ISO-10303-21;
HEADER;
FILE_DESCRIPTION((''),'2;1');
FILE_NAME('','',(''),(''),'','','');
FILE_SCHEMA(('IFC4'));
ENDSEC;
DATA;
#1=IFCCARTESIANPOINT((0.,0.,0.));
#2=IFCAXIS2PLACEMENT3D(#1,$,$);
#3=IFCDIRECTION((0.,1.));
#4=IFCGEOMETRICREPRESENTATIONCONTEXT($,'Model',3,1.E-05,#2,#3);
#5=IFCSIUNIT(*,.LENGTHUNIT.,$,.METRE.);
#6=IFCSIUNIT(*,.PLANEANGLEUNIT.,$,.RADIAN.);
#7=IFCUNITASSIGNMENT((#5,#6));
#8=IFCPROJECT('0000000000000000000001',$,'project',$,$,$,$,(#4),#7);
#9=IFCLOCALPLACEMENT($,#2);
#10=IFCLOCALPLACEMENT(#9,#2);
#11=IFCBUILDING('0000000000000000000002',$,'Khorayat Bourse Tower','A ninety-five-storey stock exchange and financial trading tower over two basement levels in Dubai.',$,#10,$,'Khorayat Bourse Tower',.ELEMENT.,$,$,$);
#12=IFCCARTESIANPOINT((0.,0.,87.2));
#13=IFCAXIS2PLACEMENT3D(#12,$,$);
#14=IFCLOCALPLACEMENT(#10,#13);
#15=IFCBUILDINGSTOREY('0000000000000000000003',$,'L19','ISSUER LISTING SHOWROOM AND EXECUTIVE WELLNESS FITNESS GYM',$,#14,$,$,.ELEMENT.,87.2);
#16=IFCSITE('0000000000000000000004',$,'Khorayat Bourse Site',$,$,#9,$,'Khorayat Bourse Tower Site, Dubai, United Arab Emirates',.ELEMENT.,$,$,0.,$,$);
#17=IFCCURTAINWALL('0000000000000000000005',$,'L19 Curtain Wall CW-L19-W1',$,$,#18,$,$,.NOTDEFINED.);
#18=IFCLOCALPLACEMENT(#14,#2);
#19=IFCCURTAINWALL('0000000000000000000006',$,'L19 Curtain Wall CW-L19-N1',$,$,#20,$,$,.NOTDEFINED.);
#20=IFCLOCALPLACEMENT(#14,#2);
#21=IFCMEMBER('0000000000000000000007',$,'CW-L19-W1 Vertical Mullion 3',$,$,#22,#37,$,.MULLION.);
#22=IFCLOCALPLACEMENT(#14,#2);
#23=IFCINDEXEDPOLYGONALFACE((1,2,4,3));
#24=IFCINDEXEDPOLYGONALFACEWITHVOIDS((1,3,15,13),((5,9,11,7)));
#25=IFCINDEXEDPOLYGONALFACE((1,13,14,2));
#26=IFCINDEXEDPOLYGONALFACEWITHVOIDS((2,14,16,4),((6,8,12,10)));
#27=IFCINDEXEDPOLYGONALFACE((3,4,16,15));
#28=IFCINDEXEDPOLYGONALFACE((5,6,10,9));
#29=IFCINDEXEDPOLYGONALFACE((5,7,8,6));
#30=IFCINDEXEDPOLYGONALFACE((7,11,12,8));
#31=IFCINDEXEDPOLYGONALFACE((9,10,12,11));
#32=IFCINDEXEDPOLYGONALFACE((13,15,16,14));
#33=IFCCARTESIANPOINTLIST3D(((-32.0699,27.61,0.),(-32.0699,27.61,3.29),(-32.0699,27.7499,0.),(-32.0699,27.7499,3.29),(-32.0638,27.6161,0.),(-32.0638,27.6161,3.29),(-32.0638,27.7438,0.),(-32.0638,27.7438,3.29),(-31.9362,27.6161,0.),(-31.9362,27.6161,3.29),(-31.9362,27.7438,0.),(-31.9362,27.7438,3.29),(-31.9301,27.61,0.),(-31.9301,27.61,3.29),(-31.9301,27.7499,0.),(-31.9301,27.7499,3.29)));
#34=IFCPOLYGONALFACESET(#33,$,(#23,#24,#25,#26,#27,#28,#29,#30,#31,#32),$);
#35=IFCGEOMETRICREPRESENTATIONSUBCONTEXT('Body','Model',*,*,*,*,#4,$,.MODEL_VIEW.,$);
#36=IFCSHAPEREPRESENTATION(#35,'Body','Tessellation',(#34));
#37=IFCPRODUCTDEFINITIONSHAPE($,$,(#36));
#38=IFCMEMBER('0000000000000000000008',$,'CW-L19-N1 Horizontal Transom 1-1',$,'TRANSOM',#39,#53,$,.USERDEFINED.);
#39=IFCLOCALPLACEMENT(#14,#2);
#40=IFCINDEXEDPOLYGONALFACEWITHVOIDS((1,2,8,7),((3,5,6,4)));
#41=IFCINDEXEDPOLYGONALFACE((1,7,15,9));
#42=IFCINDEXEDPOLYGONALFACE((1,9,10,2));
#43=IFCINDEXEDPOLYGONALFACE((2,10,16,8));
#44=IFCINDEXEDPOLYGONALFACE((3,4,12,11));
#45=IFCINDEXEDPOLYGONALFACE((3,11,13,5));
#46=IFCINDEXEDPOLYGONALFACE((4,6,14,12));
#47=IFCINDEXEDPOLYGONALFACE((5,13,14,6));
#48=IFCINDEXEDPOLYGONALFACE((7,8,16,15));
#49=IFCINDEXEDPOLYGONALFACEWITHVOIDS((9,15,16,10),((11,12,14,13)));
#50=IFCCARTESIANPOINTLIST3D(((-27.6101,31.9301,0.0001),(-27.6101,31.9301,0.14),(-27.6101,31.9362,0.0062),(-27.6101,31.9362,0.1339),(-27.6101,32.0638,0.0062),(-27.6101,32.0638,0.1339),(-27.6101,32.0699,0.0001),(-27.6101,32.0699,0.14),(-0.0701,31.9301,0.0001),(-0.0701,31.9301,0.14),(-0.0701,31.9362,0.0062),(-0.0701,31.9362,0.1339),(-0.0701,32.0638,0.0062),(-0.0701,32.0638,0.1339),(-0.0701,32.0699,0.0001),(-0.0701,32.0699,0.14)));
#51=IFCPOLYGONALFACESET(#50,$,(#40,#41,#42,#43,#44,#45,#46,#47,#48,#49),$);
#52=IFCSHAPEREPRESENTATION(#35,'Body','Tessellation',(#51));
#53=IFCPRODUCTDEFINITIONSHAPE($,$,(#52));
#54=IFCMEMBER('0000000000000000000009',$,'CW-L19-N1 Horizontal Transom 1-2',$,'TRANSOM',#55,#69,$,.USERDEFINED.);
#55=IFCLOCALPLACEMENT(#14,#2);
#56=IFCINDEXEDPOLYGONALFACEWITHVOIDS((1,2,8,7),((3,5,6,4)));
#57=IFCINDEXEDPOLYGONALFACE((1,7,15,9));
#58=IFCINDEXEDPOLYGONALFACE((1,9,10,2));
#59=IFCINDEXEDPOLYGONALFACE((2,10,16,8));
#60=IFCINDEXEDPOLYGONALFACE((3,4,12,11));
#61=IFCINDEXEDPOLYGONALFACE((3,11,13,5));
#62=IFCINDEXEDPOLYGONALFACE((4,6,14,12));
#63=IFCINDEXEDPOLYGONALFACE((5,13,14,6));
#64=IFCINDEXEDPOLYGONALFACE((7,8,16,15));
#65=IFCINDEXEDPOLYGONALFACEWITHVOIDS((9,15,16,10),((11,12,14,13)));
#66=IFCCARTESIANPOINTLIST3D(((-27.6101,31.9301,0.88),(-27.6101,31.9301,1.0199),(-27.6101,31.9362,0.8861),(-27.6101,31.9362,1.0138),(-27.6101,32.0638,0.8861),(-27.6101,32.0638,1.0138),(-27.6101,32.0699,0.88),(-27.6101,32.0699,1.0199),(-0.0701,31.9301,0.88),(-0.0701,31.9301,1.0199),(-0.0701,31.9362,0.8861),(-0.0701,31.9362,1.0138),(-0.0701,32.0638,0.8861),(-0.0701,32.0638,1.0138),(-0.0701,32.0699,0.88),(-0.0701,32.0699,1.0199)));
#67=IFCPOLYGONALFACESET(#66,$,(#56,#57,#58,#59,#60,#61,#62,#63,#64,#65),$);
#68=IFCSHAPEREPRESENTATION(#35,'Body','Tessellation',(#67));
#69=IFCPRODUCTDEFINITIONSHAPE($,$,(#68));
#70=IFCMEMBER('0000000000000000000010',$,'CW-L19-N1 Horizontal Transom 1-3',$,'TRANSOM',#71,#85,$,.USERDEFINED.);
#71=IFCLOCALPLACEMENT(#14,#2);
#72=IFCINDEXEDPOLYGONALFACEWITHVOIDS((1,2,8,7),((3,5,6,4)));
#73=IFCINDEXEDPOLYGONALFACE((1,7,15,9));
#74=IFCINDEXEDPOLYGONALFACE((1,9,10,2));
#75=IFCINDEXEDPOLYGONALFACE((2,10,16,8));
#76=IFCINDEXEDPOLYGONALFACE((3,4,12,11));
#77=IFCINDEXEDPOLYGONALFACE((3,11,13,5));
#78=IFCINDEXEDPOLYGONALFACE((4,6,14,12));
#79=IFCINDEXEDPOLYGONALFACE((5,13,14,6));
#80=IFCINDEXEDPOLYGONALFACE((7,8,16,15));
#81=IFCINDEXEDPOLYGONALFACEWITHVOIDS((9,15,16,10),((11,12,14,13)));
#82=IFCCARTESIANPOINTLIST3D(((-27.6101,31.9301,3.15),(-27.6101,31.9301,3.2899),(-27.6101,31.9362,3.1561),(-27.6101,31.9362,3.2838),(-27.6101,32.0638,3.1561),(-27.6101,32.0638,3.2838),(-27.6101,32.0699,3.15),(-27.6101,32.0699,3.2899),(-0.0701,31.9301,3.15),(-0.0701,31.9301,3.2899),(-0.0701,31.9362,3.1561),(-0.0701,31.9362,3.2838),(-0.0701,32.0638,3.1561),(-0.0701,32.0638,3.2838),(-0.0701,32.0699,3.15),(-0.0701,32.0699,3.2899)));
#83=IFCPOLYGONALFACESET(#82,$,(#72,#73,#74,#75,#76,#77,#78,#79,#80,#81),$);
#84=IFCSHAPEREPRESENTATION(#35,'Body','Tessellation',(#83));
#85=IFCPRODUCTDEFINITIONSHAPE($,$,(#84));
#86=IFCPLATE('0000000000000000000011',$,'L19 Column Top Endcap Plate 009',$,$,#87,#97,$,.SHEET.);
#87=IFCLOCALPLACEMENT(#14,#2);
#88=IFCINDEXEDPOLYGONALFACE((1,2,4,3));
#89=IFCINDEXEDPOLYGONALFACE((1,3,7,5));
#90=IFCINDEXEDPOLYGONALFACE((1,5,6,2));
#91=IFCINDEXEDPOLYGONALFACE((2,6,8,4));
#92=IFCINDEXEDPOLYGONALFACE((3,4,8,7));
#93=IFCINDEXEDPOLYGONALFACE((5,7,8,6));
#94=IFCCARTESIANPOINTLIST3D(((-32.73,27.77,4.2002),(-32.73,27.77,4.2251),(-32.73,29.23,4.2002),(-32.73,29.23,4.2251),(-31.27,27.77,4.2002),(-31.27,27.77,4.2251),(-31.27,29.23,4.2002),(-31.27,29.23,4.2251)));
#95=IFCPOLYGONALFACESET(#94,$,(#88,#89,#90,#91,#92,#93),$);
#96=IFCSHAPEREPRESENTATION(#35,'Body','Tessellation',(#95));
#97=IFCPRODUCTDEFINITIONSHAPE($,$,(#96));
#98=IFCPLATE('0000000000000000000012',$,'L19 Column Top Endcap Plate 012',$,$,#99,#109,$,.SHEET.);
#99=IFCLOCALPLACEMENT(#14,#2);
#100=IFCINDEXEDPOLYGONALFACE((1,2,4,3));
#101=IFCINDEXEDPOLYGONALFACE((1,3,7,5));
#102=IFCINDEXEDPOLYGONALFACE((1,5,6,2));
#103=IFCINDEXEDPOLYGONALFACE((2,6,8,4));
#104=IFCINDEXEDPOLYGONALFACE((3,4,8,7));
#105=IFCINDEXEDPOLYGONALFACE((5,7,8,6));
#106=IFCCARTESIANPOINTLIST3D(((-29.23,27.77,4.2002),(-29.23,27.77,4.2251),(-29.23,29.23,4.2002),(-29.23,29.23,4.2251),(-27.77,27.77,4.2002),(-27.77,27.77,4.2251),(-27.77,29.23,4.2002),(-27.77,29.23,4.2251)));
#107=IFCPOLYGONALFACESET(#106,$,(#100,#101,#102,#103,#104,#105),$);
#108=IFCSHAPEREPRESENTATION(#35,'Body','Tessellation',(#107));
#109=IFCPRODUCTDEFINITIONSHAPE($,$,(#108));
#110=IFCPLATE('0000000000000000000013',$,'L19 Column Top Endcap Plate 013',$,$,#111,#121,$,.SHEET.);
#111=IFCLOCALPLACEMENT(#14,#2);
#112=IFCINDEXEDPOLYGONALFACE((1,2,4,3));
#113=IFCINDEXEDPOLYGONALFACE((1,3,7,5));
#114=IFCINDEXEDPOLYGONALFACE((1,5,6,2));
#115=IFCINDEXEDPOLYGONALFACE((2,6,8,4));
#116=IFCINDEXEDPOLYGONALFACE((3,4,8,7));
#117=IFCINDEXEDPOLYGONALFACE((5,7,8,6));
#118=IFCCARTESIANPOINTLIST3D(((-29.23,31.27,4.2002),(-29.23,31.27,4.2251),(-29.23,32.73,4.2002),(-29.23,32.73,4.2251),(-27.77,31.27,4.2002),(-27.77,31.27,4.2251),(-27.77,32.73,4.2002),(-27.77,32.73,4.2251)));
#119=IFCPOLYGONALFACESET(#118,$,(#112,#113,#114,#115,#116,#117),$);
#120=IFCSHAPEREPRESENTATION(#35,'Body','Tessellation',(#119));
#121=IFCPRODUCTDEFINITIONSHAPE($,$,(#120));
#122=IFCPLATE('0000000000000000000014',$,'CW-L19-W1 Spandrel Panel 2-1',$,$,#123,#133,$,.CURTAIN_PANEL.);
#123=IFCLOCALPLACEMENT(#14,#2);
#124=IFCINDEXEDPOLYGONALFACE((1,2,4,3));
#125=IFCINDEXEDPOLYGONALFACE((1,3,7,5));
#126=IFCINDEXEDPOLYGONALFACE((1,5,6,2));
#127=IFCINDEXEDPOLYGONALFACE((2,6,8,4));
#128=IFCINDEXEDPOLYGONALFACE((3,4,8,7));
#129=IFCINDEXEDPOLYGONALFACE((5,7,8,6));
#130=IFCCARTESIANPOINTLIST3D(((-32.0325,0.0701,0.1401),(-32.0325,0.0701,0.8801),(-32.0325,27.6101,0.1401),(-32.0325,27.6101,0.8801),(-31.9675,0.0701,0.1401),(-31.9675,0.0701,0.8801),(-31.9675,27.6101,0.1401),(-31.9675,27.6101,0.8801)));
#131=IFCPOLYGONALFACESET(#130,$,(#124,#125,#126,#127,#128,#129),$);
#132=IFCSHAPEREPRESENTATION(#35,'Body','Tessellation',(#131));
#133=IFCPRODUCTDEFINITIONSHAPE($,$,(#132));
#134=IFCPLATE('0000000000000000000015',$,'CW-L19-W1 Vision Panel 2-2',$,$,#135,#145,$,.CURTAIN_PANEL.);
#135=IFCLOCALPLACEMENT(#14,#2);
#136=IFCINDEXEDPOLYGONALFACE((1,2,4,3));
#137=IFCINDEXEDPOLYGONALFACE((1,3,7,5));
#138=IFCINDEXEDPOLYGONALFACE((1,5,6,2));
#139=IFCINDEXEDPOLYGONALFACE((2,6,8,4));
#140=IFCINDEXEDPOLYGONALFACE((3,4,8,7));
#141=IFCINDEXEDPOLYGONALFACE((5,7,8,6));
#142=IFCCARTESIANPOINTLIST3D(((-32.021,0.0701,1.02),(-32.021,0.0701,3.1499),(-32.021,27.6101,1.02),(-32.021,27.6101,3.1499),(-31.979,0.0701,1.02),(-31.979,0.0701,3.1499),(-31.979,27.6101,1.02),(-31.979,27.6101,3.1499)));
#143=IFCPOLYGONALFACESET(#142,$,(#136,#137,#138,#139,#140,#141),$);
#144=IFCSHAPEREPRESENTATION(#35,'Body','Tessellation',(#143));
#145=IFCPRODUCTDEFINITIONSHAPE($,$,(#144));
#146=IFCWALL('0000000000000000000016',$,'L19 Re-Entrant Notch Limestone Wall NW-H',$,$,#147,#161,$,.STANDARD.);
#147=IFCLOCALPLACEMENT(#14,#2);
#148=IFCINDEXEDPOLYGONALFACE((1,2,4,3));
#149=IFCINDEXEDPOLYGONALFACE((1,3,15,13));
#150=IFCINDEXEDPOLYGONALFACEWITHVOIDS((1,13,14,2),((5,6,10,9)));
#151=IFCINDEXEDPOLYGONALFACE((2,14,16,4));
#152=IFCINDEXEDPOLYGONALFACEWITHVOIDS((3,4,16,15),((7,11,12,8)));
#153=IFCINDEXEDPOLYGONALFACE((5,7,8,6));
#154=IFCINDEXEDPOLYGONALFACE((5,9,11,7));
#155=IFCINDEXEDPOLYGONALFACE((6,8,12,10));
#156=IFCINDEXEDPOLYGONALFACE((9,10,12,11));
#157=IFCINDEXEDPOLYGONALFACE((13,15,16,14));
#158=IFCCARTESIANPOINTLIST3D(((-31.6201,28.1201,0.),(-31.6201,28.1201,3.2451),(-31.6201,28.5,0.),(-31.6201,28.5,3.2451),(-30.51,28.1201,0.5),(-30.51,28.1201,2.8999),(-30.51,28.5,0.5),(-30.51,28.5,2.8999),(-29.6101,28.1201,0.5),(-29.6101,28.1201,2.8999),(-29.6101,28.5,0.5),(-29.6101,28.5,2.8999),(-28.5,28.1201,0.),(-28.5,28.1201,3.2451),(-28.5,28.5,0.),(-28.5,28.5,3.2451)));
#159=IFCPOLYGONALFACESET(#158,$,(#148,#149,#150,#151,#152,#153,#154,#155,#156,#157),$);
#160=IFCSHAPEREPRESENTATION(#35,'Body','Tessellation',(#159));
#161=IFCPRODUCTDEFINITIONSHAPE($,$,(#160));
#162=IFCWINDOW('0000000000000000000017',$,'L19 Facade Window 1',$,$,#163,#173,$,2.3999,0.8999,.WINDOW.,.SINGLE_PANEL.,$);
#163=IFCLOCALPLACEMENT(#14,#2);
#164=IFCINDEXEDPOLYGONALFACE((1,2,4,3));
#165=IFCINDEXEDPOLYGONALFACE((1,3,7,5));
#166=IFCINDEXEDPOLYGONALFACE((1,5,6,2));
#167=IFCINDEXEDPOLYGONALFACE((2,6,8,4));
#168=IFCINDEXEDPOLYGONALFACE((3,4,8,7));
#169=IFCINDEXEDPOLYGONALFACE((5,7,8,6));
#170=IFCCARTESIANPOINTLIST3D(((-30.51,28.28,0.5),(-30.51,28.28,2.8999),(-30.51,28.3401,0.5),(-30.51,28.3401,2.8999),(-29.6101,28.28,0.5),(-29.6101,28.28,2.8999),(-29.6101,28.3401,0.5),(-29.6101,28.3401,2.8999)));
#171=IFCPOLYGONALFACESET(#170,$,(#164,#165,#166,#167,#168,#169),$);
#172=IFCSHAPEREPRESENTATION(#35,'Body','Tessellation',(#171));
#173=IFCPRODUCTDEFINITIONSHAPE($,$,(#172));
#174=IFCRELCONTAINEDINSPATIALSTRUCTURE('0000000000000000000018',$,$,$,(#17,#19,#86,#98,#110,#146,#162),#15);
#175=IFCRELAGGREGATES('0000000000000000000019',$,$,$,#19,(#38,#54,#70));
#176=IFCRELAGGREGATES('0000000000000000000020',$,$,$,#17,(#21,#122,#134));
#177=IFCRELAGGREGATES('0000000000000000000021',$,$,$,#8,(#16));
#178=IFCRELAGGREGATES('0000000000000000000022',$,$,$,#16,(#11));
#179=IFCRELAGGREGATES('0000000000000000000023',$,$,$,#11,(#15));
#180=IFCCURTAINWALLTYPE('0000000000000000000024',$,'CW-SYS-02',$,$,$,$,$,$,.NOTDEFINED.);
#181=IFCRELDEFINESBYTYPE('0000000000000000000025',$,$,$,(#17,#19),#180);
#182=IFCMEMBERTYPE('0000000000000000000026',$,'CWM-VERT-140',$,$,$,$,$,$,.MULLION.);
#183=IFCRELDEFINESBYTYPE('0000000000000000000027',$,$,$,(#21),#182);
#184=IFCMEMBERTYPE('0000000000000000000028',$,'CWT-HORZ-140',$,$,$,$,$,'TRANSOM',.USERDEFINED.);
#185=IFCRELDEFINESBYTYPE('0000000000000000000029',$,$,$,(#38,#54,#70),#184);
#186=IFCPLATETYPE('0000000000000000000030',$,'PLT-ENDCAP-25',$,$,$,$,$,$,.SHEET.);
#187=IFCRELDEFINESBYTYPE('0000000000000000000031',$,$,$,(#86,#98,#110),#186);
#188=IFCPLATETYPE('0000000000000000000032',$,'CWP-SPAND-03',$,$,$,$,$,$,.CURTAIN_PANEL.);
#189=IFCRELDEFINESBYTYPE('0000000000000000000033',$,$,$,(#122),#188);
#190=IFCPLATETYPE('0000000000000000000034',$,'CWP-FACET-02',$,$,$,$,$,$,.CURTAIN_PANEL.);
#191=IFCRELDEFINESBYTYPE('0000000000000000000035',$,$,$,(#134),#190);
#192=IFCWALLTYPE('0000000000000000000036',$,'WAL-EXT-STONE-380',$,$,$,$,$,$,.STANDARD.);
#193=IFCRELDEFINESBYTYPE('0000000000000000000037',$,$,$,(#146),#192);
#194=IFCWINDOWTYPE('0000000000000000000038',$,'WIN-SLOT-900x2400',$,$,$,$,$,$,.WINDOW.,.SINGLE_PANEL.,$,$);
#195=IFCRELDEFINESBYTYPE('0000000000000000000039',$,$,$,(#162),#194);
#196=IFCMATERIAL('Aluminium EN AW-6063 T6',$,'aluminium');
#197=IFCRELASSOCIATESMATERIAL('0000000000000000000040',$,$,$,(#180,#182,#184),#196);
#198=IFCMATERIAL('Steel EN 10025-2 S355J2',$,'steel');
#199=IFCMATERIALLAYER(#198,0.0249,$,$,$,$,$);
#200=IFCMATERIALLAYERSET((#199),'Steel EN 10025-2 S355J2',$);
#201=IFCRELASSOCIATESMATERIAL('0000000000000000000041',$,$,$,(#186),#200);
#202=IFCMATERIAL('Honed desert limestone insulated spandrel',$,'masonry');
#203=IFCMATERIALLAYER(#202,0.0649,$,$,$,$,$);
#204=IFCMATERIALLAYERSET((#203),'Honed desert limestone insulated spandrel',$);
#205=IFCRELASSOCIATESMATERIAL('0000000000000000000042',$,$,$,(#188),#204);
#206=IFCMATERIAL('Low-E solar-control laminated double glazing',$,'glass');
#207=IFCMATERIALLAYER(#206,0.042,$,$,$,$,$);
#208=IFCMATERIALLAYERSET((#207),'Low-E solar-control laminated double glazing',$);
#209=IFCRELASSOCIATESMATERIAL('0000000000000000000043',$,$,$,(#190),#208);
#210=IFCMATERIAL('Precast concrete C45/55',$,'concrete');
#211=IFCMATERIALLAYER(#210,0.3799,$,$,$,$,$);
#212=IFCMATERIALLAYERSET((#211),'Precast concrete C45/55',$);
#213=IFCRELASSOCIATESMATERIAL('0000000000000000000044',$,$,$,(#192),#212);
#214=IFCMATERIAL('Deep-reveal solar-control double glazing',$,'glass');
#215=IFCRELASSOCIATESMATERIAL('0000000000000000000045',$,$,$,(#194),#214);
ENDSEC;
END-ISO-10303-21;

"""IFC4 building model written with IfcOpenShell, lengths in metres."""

from ifc_helpers import new_model, si_unit, direction, frame, frame_2d, origin, origin_2d, place, context, subcontext, project, spatial, rectangle, hollow_rectangle, extrude, source, transform, mapped, material, layer, layer_set, material_profile, profile_set, type_object, element, fill, aggregate, save


model = new_model("IFC4")

# Units and contexts
model_context = context("Model", 3, precision=1e-05, world=origin(), true_north=direction((0.0, 1.0)))
body_context = subcontext(model_context, "Body", "Model", "MODEL_VIEW")
ifc_project = project(units=[si_unit("LENGTHUNIT", "METRE"), si_unit("PLANEANGLEUNIT", "RADIAN")], contexts=[model_context])

# Site, building, storey
site_placement = place(None, origin())
site = spatial("IfcSite", under=ifc_project, at=site_placement, Name="Khorayat Bourse Site", LongName="Khorayat Bourse Tower Site, Dubai, United Arab Emirates", CompositionType="ELEMENT", RefElevation=0.0)
building_placement = place(site_placement, origin())
building = spatial("IfcBuilding", under=site, at=building_placement, Name="Khorayat Bourse Tower", Description="A ninety-five-storey stock exchange and financial trading tower over two basement levels in Dubai.", LongName="Khorayat Bourse Tower", CompositionType="ELEMENT")
storey_placement = place(building_placement, frame((0.0, 0.0, 87.2)))
storey = spatial("IfcBuildingStorey", under=building, at=storey_placement, Name="L19", Description="ISSUER LISTING SHOWROOM AND EXECUTIVE WELLNESS FITNESS GYM", CompositionType="ELEMENT", Elevation=87.2)

# Curtain walls
ifc_material_1 = material(Name="Aluminium EN AW-6063 T6", Category="aluminium")
curtain_wall_type = type_object("IfcCurtainWallType", Name="CW-SYS-02", PredefinedType="NOTDEFINED", material=ifc_material_1)
curtain_wall_1_placement = place(storey_placement, origin())
curtain_wall_1 = element("IfcCurtainWall", 1, at=curtain_wall_1_placement, inside=storey, type_object=curtain_wall_type, Name="L19 Curtain Wall CW-L19-W1", PredefinedType="NOTDEFINED")
curtain_wall_2_placement = place(storey_placement, origin())
curtain_wall_2 = element("IfcCurtainWall", 2, at=curtain_wall_2_placement, inside=storey, type_object=curtain_wall_type, Name="L19 Curtain Wall CW-L19-N1", PredefinedType="NOTDEFINED")
ifc_material_profile_1 = material_profile(ifc_material_1, hollow_rectangle(XDim=0.1399, YDim=0.1399, WallThickness=0.0061, at=origin_2d()), Name="ALU 140x140x6")
ifc_profile_set_1 = profile_set([ifc_material_profile_1], Name="Aluminium EN AW-6063 T6")
member_type_1 = type_object("IfcMemberType", Name="CWM-VERT-140", PredefinedType="MULLION", material=ifc_profile_set_1)
shared_shape_1 = source(origin(), body_context, "Body", "SweptSolid", [
    extrude(hollow_rectangle(XDim=0.1399, YDim=0.1399, WallThickness=0.0061, at=origin_2d()), origin(), (0.0, 0.0, 1.0), 3.29),
])

# Members
member_1_placement = place(storey_placement, frame((-32.0, 27.6799, 0.0), z_axis=(0.0, 0.0, 1.0), x_axis=(-1.0, 0.0, 0.0)))
member_1 = element("IfcMember", 3, at=member_1_placement, type_object=member_type_1, Name="CW-L19-W1 Vertical Mullion 3", PredefinedType="MULLION", context=body_context, shape_type="MappedRepresentation", body=[
    mapped(shared_shape_1, transform((0.0, 0.0, 0.0), scale=1.0)),
])
ifc_material_profile_2 = material_profile(ifc_material_1, hollow_rectangle(XDim=0.1399, YDim=0.1399, WallThickness=0.0061, at=origin_2d()), Name="ALU 140x140x6")
ifc_profile_set_2 = profile_set([ifc_material_profile_2], Name="Aluminium EN AW-6063 T6")
member_type_2 = type_object("IfcMemberType", Name="CWT-HORZ-140", ElementType="TRANSOM", PredefinedType="USERDEFINED", material=ifc_profile_set_2)
shared_shape_2 = source(origin(), body_context, "Body", "SweptSolid", [
    extrude(hollow_rectangle(XDim=0.1399, YDim=0.1399, WallThickness=0.0061, at=origin_2d()), origin(), (0.0, 0.0, 1.0), 27.54),
])
member_2_placement = place(storey_placement, frame((-27.6101, 32.0, 0.0701), z_axis=(1.0, 0.0, 0.0), x_axis=(0.0, 1.0, 0.0)))
member_2 = element("IfcMember", 4, at=member_2_placement, type_object=member_type_2, Name="CW-L19-N1 Horizontal Transom 1-1", ObjectType="TRANSOM", PredefinedType="USERDEFINED", context=body_context, shape_type="MappedRepresentation", body=[
    mapped(shared_shape_2, transform((0.0, 0.0, 0.0), scale=1.0)),
])
member_3_placement = place(storey_placement, frame((-27.6101, 32.0, 0.95), z_axis=(1.0, 0.0, 0.0), x_axis=(0.0, 1.0, 0.0)))
member_3 = element("IfcMember", 5, at=member_3_placement, type_object=member_type_2, Name="CW-L19-N1 Horizontal Transom 1-2", ObjectType="TRANSOM", PredefinedType="USERDEFINED", context=body_context, shape_type="MappedRepresentation", body=[
    mapped(shared_shape_2, transform((0.0, 0.0, 0.0), scale=1.0)),
])
member_4_placement = place(storey_placement, frame((-27.6101, 32.0, 3.22), z_axis=(1.0, 0.0, 0.0), x_axis=(0.0, 1.0, 0.0)))
member_4 = element("IfcMember", 6, at=member_4_placement, type_object=member_type_2, Name="CW-L19-N1 Horizontal Transom 1-3", ObjectType="TRANSOM", PredefinedType="USERDEFINED", context=body_context, shape_type="MappedRepresentation", body=[
    mapped(shared_shape_2, transform((0.0, 0.0, 0.0), scale=1.0)),
])
aggregate(curtain_wall_2, [member_2, member_3, member_4])

# Plates
ifc_material_2 = material(Name="Steel EN 10025-2 S355J2", Category="steel")
ifc_layer_1 = layer(ifc_material_2, 0.0249)
ifc_layer_set_1 = layer_set([ifc_layer_1], Name="Steel EN 10025-2 S355J2")
plate_type_1 = type_object("IfcPlateType", Name="PLT-ENDCAP-25", PredefinedType="SHEET", material=ifc_layer_set_1)
shared_shape_3 = source(origin(), body_context, "Body", "SweptSolid", [
    extrude(rectangle(XDim=1.46, YDim=1.46, at=origin_2d()), origin(), (0.0, 0.0, 1.0), 0.0249),
])
for number, where, z_axis, x_axis, name in (
    (7, (-32.0, 28.5, 4.2002), (0.0, 0.0, 1.0), (1.0, 0.0, 0.0), "L19 Column Top Endcap Plate 009"),
    (8, (-28.5, 28.5, 4.2002), (0.0, 0.0, 1.0), (1.0, 0.0, 0.0), "L19 Column Top Endcap Plate 012"),
    (9, (-28.5, 32.0, 4.2002), (0.0, 0.0, 1.0), (1.0, 0.0, 0.0), "L19 Column Top Endcap Plate 013"),
):
    element("IfcPlate", number, at=place(storey_placement, frame(where, z_axis=z_axis, x_axis=x_axis)), inside=storey, type_object=plate_type_1, Name=name, PredefinedType="SHEET", context=body_context, shape_type="MappedRepresentation", body=[
        mapped(shared_shape_3, transform((0.0, 0.0, 0.0), scale=1.0)),
    ])

# Plates
ifc_material_3 = material(Name="Honed desert limestone insulated spandrel", Category="masonry")
ifc_layer_2 = layer(ifc_material_3, 0.0649)
ifc_layer_set_2 = layer_set([ifc_layer_2], Name="Honed desert limestone insulated spandrel")
plate_type_2 = type_object("IfcPlateType", Name="CWP-SPAND-03", PredefinedType="CURTAIN_PANEL", material=ifc_layer_set_2)
shared_shape_4 = source(origin(), body_context, "Body", "SweptSolid", [
    extrude(rectangle(XDim=27.54, YDim=0.0649, at=origin_2d()), origin(), (0.0, 0.0, 1.0), 0.74),
])
plate_1_placement = place(storey_placement, frame((-32.0, 13.8401, 0.1401), z_axis=(0.0, 0.0, 1.0), x_axis=(0.0, 1.0, 0.0)))
plate_1 = element("IfcPlate", 10, at=plate_1_placement, type_object=plate_type_2, Name="CW-L19-W1 Spandrel Panel 2-1", PredefinedType="CURTAIN_PANEL", context=body_context, shape_type="MappedRepresentation", body=[
    mapped(shared_shape_4, transform((0.0, 0.0, 0.0), scale=1.0)),
])
ifc_material_4 = material(Name="Low-E solar-control laminated double glazing", Category="glass")
ifc_layer_3 = layer(ifc_material_4, 0.042)
ifc_layer_set_3 = layer_set([ifc_layer_3], Name="Low-E solar-control laminated double glazing")
plate_type_3 = type_object("IfcPlateType", Name="CWP-FACET-02", PredefinedType="CURTAIN_PANEL", material=ifc_layer_set_3)
shared_shape_5 = source(origin(), body_context, "Body", "SweptSolid", [
    extrude(rectangle(XDim=27.54, YDim=0.042, at=origin_2d()), origin(), (0.0, 0.0, 1.0), 2.1299),
])
plate_2_placement = place(storey_placement, frame((-32.0, 13.8401, 1.02), z_axis=(0.0, 0.0, 1.0), x_axis=(0.0, 1.0, 0.0)))
plate_2 = element("IfcPlate", 11, at=plate_2_placement, type_object=plate_type_3, Name="CW-L19-W1 Vision Panel 2-2", PredefinedType="CURTAIN_PANEL", context=body_context, shape_type="MappedRepresentation", body=[
    mapped(shared_shape_5, transform((0.0, 0.0, 0.0), scale=1.0)),
])
aggregate(curtain_wall_1, [member_1, plate_1, plate_2])

# Wall, opening, window
ifc_material_5 = material(Name="Precast concrete C45/55", Category="concrete")
ifc_layer_4 = layer(ifc_material_5, 0.3799)
ifc_layer_set_4 = layer_set([ifc_layer_4], Name="Precast concrete C45/55")
wall_type_1 = type_object("IfcWallType", Name="WAL-EXT-STONE-380", PredefinedType="STANDARD", material=ifc_layer_set_4)
shared_shape_6 = source(origin(), body_context, "Body", "SweptSolid", [
    extrude(rectangle(XDim=3.1201, YDim=0.3799, at=frame_2d((1.5601, 0.0))), origin(), (0.0, 0.0, 1.0), 3.2451),
])
wall_1_placement = place(storey_placement, frame((-28.5, 28.3101, 0.0), z_axis=(0.0, 0.0, 1.0), x_axis=(-1.0, 0.0, 0.0)))
wall_1 = element("IfcWall", 12, at=wall_1_placement, inside=storey, type_object=wall_type_1, Name="L19 Re-Entrant Notch Limestone Wall NW-H", PredefinedType="STANDARD", context=body_context, shape_type="MappedRepresentation", body=[
    mapped(shared_shape_6, transform((0.0, 0.0, 0.0), scale=1.0)),
])
shared_shape_7 = source(origin(), body_context, "Body", "SweptSolid", [
    extrude(rectangle(XDim=0.8999, YDim=2.3999, at=frame_2d((0.45, 1.2))), frame((0.0, 0.2, 0.0), z_axis=(0.0, -1.0, 0.0), x_axis=(1.0, 0.0, 0.0)), (0.0, 0.0, 1.0), 0.3999),
])
opening_1_placement = place(wall_1_placement, frame((1.1101, 0.0, 0.5)))
opening_1 = element("IfcOpeningElement", 13, at=opening_1_placement, cuts=wall_1, PredefinedType="OPENING", context=body_context, shape_type="MappedRepresentation", body=[
    mapped(shared_shape_7, transform((0.0, 0.0, 0.0), scale=1.0)),
])
ifc_material_6 = material(Name="Deep-reveal solar-control double glazing", Category="glass")
window_type = type_object("IfcWindowType", Name="WIN-SLOT-900x2400", PartitioningType="SINGLE_PANEL", PredefinedType="WINDOW", material=ifc_material_6)
shared_shape_8 = source(origin(), body_context, "Body", "SweptSolid", [
    extrude(rectangle(XDim=0.8999, YDim=2.3999, at=frame_2d((0.45, 1.2))), frame((0.0, 0.03, 0.0), z_axis=(0.0, -1.0, 0.0), x_axis=(1.0, 0.0, 0.0)), (0.0, 0.0, 1.0), 0.0601),
])
window_1_placement = place(opening_1_placement, origin())
window_1 = element("IfcWindow", 14, at=window_1_placement, inside=storey, type_object=window_type, Name="L19 Facade Window 1", OverallHeight=2.3999, OverallWidth=0.8999, PartitioningType="SINGLE_PANEL", PredefinedType="WINDOW", context=body_context, shape_type="MappedRepresentation", body=[
    mapped(shared_shape_8, transform((0.0, 0.0, 0.0), scale=1.0)),
])
fill(opening_1, window_1)

save(model, "model.ifc")
